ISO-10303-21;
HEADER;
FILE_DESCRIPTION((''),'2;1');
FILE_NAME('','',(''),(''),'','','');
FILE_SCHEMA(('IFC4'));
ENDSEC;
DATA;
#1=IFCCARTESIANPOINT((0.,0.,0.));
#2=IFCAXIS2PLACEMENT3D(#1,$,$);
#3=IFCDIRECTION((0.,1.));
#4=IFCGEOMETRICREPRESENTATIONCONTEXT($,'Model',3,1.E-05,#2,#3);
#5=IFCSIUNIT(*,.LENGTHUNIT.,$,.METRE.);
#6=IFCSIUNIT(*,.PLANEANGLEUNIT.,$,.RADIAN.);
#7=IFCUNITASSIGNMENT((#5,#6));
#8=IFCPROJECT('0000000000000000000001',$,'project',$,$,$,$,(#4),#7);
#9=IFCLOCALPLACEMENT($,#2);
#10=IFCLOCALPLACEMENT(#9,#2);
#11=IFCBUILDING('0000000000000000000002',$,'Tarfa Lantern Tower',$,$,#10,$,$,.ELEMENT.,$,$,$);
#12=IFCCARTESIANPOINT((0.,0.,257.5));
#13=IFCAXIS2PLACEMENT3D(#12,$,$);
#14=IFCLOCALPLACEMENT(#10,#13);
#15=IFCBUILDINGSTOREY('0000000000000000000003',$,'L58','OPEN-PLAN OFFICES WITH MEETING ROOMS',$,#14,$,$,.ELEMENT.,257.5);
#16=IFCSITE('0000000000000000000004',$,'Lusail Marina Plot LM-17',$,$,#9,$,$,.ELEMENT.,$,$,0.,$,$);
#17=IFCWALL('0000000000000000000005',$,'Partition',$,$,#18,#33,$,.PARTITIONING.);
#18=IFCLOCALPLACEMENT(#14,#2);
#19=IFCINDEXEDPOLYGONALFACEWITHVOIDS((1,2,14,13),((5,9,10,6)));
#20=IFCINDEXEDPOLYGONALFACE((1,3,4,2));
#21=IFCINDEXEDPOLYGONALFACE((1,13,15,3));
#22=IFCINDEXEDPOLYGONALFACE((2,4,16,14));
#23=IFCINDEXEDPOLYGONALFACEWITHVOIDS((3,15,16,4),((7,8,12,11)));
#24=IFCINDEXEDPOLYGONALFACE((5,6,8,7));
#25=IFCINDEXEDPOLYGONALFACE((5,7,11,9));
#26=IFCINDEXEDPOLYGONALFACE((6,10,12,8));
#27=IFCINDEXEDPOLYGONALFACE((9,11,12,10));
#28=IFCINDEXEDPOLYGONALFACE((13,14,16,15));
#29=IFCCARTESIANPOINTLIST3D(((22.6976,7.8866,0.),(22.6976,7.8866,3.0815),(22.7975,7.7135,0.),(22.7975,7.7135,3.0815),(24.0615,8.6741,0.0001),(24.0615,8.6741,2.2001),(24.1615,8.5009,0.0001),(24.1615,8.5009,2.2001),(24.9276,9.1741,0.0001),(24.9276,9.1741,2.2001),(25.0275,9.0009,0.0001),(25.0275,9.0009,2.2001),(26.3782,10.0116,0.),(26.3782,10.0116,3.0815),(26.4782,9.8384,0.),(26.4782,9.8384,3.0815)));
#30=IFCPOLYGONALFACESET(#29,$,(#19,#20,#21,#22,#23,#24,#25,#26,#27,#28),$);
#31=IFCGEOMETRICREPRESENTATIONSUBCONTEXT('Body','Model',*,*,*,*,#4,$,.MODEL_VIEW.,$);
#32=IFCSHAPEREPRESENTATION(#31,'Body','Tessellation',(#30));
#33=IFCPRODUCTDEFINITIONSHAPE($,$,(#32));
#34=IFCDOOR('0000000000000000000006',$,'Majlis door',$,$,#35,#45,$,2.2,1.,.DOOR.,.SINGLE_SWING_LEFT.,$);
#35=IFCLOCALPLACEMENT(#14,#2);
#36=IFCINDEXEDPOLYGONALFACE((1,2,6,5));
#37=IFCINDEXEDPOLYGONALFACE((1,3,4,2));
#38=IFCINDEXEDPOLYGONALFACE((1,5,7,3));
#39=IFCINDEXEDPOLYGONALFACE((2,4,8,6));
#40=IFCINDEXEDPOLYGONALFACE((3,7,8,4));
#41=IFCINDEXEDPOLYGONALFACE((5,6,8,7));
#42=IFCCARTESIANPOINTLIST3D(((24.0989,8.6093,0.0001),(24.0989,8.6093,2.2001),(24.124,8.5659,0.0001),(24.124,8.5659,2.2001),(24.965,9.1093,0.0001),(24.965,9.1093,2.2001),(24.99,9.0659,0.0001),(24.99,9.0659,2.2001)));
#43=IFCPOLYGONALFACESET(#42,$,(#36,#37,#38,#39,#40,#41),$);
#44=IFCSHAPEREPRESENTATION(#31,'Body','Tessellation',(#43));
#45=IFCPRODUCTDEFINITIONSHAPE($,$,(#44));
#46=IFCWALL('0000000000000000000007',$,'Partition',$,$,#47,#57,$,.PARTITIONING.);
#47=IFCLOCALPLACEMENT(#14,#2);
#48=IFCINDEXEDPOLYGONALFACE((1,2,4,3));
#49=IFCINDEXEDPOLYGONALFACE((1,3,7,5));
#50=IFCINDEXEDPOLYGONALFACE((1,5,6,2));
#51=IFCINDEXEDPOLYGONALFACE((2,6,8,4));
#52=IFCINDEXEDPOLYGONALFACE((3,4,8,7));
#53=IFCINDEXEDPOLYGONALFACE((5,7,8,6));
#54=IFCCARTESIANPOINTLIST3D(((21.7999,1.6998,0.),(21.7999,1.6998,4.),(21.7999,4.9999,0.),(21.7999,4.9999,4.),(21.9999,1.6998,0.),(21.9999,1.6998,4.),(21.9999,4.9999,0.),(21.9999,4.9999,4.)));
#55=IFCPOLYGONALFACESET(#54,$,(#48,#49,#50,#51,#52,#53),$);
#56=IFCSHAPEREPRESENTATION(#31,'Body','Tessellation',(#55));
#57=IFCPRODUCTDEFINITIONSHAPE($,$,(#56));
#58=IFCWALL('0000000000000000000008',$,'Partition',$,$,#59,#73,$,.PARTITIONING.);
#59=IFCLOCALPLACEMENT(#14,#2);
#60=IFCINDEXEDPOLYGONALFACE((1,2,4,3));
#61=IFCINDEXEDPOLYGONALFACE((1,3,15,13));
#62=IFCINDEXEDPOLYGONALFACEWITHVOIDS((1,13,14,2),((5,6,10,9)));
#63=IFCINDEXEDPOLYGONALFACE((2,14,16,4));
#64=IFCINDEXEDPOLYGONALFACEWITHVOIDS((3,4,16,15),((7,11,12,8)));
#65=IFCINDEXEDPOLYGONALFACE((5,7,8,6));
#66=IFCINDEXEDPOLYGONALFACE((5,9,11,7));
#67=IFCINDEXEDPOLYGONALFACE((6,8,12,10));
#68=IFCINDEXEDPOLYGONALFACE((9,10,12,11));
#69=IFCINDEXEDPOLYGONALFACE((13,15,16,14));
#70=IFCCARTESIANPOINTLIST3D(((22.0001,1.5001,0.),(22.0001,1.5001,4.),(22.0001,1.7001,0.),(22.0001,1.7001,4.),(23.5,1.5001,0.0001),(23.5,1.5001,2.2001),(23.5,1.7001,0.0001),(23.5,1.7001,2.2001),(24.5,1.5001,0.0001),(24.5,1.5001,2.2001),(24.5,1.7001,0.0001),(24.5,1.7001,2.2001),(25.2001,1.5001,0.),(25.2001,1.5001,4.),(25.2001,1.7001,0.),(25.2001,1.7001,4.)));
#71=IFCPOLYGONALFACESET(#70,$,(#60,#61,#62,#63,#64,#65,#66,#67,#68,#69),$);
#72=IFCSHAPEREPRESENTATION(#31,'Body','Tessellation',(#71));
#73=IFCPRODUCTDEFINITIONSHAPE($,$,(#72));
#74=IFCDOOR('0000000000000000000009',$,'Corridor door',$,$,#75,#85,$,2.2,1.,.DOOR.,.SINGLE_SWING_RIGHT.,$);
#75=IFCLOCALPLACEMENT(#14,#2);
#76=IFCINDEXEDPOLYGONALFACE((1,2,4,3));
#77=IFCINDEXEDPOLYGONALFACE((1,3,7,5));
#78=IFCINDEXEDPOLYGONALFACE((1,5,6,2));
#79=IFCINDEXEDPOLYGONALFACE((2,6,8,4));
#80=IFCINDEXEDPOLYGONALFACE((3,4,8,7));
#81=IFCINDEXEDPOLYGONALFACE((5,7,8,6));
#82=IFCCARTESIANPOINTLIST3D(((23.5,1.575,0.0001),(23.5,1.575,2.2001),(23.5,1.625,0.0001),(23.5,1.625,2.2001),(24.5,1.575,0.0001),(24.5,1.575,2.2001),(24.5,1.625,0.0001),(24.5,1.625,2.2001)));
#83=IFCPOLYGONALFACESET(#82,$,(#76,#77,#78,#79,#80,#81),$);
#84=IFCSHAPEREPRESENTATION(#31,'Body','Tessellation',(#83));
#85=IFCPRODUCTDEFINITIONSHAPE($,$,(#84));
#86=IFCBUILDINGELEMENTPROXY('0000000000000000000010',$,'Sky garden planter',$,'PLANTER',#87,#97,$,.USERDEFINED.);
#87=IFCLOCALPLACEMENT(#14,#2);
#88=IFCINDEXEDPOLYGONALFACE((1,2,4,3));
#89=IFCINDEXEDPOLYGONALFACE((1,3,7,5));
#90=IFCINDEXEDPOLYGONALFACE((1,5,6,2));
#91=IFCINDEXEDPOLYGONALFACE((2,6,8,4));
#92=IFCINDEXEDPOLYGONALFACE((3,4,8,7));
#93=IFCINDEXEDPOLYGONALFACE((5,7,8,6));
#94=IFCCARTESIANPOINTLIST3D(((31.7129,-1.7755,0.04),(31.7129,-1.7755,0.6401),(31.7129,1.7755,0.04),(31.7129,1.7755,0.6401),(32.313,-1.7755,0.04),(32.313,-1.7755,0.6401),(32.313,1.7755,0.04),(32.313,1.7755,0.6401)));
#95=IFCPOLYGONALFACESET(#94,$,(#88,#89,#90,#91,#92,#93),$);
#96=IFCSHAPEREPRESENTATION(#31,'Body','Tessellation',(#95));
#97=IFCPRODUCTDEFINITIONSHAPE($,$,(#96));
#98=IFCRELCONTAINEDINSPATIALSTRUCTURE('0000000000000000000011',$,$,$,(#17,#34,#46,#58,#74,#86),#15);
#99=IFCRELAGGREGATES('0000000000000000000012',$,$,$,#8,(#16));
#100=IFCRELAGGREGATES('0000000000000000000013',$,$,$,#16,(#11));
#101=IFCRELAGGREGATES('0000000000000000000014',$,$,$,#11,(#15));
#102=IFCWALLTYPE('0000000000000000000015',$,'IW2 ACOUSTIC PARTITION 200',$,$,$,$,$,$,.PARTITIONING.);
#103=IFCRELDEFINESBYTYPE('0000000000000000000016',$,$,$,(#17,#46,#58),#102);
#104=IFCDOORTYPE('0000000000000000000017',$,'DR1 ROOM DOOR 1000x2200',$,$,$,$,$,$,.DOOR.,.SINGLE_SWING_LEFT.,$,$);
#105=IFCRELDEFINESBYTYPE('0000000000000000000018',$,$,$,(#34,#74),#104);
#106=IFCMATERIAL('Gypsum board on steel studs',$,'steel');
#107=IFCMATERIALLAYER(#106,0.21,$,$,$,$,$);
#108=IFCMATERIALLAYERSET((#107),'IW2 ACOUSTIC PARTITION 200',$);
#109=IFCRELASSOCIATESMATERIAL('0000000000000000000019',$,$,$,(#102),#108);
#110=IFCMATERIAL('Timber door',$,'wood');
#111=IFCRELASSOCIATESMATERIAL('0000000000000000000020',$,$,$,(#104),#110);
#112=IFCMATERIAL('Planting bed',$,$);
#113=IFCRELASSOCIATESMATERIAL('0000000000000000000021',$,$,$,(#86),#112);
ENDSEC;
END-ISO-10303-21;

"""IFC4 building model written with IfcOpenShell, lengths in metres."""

from ifc_helpers import new_model, si_unit, direction, frame, frame_2d, origin, origin_2d, place, context, subcontext, project, spatial, rectangle, extrude, material, layer, layer_set, type_object, element, fill, save


model = new_model("IFC4")

# Units and contexts
model_context = context("Model", 3, precision=1e-05, world=origin(), true_north=direction((0.0, 1.0)))
body_context = subcontext(model_context, "Body", "Model", "MODEL_VIEW")
ifc_project = project(units=[si_unit("LENGTHUNIT", "METRE"), si_unit("PLANEANGLEUNIT", "RADIAN")], contexts=[model_context])

# Site, building, storey
site_placement = place(None, origin())
site = spatial("IfcSite", under=ifc_project, at=site_placement, Name="Lusail Marina Plot LM-17", CompositionType="ELEMENT", RefElevation=0.0)
building_placement = place(site_placement, origin())
building = spatial("IfcBuilding", under=site, at=building_placement, Name="Tarfa Lantern Tower", CompositionType="ELEMENT")
storey_placement = place(building_placement, frame((0.0, 0.0, 257.5)))
storey = spatial("IfcBuildingStorey", under=building, at=storey_placement, Name="L58", Description="OPEN-PLAN OFFICES WITH MEETING ROOMS", CompositionType="ELEMENT", Elevation=257.5)

# Shared definitions
ifc_material_1 = material(Name="Gypsum board on steel studs", Category="steel")
ifc_layer_1 = layer(ifc_material_1, 0.21)
ifc_layer_set_1 = layer_set([ifc_layer_1], Name="IW2 ACOUSTIC PARTITION 200")
wall_type = type_object("IfcWallType", Name="IW2 ACOUSTIC PARTITION 200", PredefinedType="PARTITIONING", material=ifc_layer_set_1)
ifc_material_2 = material(Name="Timber door", Category="wood")
door_type = type_object("IfcDoorType", Name="DR1 ROOM DOOR 1000x2200", OperationType="SINGLE_SWING_LEFT", PredefinedType="DOOR", material=ifc_material_2)

# Wall, opening, door
wall_1_placement = place(storey_placement, frame((22.7476, 7.8, 0.0), z_axis=(0.0, 0.0, 1.0), x_axis=(0.866029, 0.499994, 0.0)))
wall_1 = element("IfcWall", 1, at=wall_1_placement, inside=storey, type_object=wall_type, Name="Partition", PredefinedType="PARTITIONING", context=body_context, shape_type="SweptSolid", body=[
    extrude(rectangle(XDim=4.25, YDim=0.2, at=frame_2d((2.125, 0.0))), origin(), (0.0, 0.0, 1.0), 3.0815),
])
opening_1_placement = place(wall_1_placement, frame((1.575, 0.0, 0.0)))
opening_1 = element("IfcOpeningElement", 2, at=opening_1_placement, cuts=wall_1, PredefinedType="OPENING", context=body_context, shape_type="SweptSolid", body=[
    extrude(rectangle(XDim=1.0, YDim=2.2, at=frame_2d((0.5, 1.1001))), frame((0.0, 0.1099, 0.0), z_axis=(0.0, -1.0, 0.0), x_axis=(1.0, 0.0, 0.0)), (0.0, 0.0, 1.0), 0.22),
])
door_1_placement = place(opening_1_placement, frame((1.0, 0.0, 0.0), z_axis=(0.0, 0.0, 1.0), x_axis=(-1.0, 0.0, 0.0)))
door_1 = element("IfcDoor", 3, at=door_1_placement, inside=storey, type_object=door_type, Name="Majlis door", OperationType="SINGLE_SWING_LEFT", OverallHeight=2.2, OverallWidth=1.0, PredefinedType="DOOR", context=body_context, shape_type="SweptSolid", body=[
    extrude(rectangle(XDim=1.0, YDim=2.2, at=frame_2d((0.5, 1.1001))), frame((0.0, 0.0249, 0.0), z_axis=(0.0, -1.0, 0.0), x_axis=(1.0, 0.0, 0.0)), (0.0, 0.0, 1.0), 0.05),
])
fill(opening_1, door_1)

# Wall
wall_2_placement = place(storey_placement, frame((21.8999, 1.7, 0.0), z_axis=(0.0, 0.0, 1.0), x_axis=(0.0, 1.0, 0.0)))
element("IfcWall", 4, at=wall_2_placement, inside=storey, type_object=wall_type, Name="Partition", PredefinedType="PARTITIONING", context=body_context, shape_type="SweptSolid", body=[
    extrude(rectangle(XDim=3.3, YDim=0.2, at=frame_2d((1.6499, 0.0))), origin(), (0.0, 0.0, 1.0), 4.0),
])

# Wall, opening, door
wall_3_placement = place(storey_placement, frame((22.0, 1.6001, 0.0), z_axis=(0.0, 0.0, 1.0), x_axis=(1.0, 0.0, 0.0)))
wall_3 = element("IfcWall", 5, at=wall_3_placement, inside=storey, type_object=wall_type, Name="Partition", PredefinedType="PARTITIONING", context=body_context, shape_type="SweptSolid", body=[
    extrude(rectangle(XDim=3.2, YDim=0.2, at=frame_2d((1.6001, 0.0))), origin(), (0.0, 0.0, 1.0), 4.0),
])
opening_2_placement = place(wall_3_placement, frame((1.5, 0.0, 0.0)))
opening_2 = element("IfcOpeningElement", 6, at=opening_2_placement, cuts=wall_3, PredefinedType="OPENING", context=body_context, shape_type="SweptSolid", body=[
    extrude(rectangle(XDim=1.0, YDim=2.2, at=frame_2d((0.5, 1.1001))), frame((0.0, 0.1099, 0.0), z_axis=(0.0, -1.0, 0.0), x_axis=(1.0, 0.0, 0.0)), (0.0, 0.0, 1.0), 0.22),
])
door_2_placement = place(opening_2_placement, origin())
door_2 = element("IfcDoor", 7, at=door_2_placement, inside=storey, type_object=door_type, Name="Corridor door", OperationType="SINGLE_SWING_RIGHT", OverallHeight=2.2, OverallWidth=1.0, PredefinedType="DOOR", context=body_context, shape_type="SweptSolid", body=[
    extrude(rectangle(XDim=1.0, YDim=2.2, at=frame_2d((0.5, 1.1001))), frame((0.0, 0.0249, 0.0), z_axis=(0.0, -1.0, 0.0), x_axis=(1.0, 0.0, 0.0)), (0.0, 0.0, 1.0), 0.05),
])
fill(opening_2, door_2)

# Building element proxy
ifc_material_3 = material(Name="Planting bed")
proxy_placement = place(storey_placement, frame((32.0129, 0.0, 0.04), z_axis=(0.0, 0.0, 1.0), x_axis=(0.0, 1.0, 0.0)))
element("IfcBuildingElementProxy", 8, at=proxy_placement, inside=storey, material=ifc_material_3, Name="Sky garden planter", ObjectType="PLANTER", PredefinedType="USERDEFINED", context=body_context, shape_type="SweptSolid", body=[
    extrude(rectangle(XDim=3.551, YDim=0.6001, at=origin_2d()), origin(), (0.0, 0.0, 1.0), 0.6001),
])

save(model, "model.ifc")
